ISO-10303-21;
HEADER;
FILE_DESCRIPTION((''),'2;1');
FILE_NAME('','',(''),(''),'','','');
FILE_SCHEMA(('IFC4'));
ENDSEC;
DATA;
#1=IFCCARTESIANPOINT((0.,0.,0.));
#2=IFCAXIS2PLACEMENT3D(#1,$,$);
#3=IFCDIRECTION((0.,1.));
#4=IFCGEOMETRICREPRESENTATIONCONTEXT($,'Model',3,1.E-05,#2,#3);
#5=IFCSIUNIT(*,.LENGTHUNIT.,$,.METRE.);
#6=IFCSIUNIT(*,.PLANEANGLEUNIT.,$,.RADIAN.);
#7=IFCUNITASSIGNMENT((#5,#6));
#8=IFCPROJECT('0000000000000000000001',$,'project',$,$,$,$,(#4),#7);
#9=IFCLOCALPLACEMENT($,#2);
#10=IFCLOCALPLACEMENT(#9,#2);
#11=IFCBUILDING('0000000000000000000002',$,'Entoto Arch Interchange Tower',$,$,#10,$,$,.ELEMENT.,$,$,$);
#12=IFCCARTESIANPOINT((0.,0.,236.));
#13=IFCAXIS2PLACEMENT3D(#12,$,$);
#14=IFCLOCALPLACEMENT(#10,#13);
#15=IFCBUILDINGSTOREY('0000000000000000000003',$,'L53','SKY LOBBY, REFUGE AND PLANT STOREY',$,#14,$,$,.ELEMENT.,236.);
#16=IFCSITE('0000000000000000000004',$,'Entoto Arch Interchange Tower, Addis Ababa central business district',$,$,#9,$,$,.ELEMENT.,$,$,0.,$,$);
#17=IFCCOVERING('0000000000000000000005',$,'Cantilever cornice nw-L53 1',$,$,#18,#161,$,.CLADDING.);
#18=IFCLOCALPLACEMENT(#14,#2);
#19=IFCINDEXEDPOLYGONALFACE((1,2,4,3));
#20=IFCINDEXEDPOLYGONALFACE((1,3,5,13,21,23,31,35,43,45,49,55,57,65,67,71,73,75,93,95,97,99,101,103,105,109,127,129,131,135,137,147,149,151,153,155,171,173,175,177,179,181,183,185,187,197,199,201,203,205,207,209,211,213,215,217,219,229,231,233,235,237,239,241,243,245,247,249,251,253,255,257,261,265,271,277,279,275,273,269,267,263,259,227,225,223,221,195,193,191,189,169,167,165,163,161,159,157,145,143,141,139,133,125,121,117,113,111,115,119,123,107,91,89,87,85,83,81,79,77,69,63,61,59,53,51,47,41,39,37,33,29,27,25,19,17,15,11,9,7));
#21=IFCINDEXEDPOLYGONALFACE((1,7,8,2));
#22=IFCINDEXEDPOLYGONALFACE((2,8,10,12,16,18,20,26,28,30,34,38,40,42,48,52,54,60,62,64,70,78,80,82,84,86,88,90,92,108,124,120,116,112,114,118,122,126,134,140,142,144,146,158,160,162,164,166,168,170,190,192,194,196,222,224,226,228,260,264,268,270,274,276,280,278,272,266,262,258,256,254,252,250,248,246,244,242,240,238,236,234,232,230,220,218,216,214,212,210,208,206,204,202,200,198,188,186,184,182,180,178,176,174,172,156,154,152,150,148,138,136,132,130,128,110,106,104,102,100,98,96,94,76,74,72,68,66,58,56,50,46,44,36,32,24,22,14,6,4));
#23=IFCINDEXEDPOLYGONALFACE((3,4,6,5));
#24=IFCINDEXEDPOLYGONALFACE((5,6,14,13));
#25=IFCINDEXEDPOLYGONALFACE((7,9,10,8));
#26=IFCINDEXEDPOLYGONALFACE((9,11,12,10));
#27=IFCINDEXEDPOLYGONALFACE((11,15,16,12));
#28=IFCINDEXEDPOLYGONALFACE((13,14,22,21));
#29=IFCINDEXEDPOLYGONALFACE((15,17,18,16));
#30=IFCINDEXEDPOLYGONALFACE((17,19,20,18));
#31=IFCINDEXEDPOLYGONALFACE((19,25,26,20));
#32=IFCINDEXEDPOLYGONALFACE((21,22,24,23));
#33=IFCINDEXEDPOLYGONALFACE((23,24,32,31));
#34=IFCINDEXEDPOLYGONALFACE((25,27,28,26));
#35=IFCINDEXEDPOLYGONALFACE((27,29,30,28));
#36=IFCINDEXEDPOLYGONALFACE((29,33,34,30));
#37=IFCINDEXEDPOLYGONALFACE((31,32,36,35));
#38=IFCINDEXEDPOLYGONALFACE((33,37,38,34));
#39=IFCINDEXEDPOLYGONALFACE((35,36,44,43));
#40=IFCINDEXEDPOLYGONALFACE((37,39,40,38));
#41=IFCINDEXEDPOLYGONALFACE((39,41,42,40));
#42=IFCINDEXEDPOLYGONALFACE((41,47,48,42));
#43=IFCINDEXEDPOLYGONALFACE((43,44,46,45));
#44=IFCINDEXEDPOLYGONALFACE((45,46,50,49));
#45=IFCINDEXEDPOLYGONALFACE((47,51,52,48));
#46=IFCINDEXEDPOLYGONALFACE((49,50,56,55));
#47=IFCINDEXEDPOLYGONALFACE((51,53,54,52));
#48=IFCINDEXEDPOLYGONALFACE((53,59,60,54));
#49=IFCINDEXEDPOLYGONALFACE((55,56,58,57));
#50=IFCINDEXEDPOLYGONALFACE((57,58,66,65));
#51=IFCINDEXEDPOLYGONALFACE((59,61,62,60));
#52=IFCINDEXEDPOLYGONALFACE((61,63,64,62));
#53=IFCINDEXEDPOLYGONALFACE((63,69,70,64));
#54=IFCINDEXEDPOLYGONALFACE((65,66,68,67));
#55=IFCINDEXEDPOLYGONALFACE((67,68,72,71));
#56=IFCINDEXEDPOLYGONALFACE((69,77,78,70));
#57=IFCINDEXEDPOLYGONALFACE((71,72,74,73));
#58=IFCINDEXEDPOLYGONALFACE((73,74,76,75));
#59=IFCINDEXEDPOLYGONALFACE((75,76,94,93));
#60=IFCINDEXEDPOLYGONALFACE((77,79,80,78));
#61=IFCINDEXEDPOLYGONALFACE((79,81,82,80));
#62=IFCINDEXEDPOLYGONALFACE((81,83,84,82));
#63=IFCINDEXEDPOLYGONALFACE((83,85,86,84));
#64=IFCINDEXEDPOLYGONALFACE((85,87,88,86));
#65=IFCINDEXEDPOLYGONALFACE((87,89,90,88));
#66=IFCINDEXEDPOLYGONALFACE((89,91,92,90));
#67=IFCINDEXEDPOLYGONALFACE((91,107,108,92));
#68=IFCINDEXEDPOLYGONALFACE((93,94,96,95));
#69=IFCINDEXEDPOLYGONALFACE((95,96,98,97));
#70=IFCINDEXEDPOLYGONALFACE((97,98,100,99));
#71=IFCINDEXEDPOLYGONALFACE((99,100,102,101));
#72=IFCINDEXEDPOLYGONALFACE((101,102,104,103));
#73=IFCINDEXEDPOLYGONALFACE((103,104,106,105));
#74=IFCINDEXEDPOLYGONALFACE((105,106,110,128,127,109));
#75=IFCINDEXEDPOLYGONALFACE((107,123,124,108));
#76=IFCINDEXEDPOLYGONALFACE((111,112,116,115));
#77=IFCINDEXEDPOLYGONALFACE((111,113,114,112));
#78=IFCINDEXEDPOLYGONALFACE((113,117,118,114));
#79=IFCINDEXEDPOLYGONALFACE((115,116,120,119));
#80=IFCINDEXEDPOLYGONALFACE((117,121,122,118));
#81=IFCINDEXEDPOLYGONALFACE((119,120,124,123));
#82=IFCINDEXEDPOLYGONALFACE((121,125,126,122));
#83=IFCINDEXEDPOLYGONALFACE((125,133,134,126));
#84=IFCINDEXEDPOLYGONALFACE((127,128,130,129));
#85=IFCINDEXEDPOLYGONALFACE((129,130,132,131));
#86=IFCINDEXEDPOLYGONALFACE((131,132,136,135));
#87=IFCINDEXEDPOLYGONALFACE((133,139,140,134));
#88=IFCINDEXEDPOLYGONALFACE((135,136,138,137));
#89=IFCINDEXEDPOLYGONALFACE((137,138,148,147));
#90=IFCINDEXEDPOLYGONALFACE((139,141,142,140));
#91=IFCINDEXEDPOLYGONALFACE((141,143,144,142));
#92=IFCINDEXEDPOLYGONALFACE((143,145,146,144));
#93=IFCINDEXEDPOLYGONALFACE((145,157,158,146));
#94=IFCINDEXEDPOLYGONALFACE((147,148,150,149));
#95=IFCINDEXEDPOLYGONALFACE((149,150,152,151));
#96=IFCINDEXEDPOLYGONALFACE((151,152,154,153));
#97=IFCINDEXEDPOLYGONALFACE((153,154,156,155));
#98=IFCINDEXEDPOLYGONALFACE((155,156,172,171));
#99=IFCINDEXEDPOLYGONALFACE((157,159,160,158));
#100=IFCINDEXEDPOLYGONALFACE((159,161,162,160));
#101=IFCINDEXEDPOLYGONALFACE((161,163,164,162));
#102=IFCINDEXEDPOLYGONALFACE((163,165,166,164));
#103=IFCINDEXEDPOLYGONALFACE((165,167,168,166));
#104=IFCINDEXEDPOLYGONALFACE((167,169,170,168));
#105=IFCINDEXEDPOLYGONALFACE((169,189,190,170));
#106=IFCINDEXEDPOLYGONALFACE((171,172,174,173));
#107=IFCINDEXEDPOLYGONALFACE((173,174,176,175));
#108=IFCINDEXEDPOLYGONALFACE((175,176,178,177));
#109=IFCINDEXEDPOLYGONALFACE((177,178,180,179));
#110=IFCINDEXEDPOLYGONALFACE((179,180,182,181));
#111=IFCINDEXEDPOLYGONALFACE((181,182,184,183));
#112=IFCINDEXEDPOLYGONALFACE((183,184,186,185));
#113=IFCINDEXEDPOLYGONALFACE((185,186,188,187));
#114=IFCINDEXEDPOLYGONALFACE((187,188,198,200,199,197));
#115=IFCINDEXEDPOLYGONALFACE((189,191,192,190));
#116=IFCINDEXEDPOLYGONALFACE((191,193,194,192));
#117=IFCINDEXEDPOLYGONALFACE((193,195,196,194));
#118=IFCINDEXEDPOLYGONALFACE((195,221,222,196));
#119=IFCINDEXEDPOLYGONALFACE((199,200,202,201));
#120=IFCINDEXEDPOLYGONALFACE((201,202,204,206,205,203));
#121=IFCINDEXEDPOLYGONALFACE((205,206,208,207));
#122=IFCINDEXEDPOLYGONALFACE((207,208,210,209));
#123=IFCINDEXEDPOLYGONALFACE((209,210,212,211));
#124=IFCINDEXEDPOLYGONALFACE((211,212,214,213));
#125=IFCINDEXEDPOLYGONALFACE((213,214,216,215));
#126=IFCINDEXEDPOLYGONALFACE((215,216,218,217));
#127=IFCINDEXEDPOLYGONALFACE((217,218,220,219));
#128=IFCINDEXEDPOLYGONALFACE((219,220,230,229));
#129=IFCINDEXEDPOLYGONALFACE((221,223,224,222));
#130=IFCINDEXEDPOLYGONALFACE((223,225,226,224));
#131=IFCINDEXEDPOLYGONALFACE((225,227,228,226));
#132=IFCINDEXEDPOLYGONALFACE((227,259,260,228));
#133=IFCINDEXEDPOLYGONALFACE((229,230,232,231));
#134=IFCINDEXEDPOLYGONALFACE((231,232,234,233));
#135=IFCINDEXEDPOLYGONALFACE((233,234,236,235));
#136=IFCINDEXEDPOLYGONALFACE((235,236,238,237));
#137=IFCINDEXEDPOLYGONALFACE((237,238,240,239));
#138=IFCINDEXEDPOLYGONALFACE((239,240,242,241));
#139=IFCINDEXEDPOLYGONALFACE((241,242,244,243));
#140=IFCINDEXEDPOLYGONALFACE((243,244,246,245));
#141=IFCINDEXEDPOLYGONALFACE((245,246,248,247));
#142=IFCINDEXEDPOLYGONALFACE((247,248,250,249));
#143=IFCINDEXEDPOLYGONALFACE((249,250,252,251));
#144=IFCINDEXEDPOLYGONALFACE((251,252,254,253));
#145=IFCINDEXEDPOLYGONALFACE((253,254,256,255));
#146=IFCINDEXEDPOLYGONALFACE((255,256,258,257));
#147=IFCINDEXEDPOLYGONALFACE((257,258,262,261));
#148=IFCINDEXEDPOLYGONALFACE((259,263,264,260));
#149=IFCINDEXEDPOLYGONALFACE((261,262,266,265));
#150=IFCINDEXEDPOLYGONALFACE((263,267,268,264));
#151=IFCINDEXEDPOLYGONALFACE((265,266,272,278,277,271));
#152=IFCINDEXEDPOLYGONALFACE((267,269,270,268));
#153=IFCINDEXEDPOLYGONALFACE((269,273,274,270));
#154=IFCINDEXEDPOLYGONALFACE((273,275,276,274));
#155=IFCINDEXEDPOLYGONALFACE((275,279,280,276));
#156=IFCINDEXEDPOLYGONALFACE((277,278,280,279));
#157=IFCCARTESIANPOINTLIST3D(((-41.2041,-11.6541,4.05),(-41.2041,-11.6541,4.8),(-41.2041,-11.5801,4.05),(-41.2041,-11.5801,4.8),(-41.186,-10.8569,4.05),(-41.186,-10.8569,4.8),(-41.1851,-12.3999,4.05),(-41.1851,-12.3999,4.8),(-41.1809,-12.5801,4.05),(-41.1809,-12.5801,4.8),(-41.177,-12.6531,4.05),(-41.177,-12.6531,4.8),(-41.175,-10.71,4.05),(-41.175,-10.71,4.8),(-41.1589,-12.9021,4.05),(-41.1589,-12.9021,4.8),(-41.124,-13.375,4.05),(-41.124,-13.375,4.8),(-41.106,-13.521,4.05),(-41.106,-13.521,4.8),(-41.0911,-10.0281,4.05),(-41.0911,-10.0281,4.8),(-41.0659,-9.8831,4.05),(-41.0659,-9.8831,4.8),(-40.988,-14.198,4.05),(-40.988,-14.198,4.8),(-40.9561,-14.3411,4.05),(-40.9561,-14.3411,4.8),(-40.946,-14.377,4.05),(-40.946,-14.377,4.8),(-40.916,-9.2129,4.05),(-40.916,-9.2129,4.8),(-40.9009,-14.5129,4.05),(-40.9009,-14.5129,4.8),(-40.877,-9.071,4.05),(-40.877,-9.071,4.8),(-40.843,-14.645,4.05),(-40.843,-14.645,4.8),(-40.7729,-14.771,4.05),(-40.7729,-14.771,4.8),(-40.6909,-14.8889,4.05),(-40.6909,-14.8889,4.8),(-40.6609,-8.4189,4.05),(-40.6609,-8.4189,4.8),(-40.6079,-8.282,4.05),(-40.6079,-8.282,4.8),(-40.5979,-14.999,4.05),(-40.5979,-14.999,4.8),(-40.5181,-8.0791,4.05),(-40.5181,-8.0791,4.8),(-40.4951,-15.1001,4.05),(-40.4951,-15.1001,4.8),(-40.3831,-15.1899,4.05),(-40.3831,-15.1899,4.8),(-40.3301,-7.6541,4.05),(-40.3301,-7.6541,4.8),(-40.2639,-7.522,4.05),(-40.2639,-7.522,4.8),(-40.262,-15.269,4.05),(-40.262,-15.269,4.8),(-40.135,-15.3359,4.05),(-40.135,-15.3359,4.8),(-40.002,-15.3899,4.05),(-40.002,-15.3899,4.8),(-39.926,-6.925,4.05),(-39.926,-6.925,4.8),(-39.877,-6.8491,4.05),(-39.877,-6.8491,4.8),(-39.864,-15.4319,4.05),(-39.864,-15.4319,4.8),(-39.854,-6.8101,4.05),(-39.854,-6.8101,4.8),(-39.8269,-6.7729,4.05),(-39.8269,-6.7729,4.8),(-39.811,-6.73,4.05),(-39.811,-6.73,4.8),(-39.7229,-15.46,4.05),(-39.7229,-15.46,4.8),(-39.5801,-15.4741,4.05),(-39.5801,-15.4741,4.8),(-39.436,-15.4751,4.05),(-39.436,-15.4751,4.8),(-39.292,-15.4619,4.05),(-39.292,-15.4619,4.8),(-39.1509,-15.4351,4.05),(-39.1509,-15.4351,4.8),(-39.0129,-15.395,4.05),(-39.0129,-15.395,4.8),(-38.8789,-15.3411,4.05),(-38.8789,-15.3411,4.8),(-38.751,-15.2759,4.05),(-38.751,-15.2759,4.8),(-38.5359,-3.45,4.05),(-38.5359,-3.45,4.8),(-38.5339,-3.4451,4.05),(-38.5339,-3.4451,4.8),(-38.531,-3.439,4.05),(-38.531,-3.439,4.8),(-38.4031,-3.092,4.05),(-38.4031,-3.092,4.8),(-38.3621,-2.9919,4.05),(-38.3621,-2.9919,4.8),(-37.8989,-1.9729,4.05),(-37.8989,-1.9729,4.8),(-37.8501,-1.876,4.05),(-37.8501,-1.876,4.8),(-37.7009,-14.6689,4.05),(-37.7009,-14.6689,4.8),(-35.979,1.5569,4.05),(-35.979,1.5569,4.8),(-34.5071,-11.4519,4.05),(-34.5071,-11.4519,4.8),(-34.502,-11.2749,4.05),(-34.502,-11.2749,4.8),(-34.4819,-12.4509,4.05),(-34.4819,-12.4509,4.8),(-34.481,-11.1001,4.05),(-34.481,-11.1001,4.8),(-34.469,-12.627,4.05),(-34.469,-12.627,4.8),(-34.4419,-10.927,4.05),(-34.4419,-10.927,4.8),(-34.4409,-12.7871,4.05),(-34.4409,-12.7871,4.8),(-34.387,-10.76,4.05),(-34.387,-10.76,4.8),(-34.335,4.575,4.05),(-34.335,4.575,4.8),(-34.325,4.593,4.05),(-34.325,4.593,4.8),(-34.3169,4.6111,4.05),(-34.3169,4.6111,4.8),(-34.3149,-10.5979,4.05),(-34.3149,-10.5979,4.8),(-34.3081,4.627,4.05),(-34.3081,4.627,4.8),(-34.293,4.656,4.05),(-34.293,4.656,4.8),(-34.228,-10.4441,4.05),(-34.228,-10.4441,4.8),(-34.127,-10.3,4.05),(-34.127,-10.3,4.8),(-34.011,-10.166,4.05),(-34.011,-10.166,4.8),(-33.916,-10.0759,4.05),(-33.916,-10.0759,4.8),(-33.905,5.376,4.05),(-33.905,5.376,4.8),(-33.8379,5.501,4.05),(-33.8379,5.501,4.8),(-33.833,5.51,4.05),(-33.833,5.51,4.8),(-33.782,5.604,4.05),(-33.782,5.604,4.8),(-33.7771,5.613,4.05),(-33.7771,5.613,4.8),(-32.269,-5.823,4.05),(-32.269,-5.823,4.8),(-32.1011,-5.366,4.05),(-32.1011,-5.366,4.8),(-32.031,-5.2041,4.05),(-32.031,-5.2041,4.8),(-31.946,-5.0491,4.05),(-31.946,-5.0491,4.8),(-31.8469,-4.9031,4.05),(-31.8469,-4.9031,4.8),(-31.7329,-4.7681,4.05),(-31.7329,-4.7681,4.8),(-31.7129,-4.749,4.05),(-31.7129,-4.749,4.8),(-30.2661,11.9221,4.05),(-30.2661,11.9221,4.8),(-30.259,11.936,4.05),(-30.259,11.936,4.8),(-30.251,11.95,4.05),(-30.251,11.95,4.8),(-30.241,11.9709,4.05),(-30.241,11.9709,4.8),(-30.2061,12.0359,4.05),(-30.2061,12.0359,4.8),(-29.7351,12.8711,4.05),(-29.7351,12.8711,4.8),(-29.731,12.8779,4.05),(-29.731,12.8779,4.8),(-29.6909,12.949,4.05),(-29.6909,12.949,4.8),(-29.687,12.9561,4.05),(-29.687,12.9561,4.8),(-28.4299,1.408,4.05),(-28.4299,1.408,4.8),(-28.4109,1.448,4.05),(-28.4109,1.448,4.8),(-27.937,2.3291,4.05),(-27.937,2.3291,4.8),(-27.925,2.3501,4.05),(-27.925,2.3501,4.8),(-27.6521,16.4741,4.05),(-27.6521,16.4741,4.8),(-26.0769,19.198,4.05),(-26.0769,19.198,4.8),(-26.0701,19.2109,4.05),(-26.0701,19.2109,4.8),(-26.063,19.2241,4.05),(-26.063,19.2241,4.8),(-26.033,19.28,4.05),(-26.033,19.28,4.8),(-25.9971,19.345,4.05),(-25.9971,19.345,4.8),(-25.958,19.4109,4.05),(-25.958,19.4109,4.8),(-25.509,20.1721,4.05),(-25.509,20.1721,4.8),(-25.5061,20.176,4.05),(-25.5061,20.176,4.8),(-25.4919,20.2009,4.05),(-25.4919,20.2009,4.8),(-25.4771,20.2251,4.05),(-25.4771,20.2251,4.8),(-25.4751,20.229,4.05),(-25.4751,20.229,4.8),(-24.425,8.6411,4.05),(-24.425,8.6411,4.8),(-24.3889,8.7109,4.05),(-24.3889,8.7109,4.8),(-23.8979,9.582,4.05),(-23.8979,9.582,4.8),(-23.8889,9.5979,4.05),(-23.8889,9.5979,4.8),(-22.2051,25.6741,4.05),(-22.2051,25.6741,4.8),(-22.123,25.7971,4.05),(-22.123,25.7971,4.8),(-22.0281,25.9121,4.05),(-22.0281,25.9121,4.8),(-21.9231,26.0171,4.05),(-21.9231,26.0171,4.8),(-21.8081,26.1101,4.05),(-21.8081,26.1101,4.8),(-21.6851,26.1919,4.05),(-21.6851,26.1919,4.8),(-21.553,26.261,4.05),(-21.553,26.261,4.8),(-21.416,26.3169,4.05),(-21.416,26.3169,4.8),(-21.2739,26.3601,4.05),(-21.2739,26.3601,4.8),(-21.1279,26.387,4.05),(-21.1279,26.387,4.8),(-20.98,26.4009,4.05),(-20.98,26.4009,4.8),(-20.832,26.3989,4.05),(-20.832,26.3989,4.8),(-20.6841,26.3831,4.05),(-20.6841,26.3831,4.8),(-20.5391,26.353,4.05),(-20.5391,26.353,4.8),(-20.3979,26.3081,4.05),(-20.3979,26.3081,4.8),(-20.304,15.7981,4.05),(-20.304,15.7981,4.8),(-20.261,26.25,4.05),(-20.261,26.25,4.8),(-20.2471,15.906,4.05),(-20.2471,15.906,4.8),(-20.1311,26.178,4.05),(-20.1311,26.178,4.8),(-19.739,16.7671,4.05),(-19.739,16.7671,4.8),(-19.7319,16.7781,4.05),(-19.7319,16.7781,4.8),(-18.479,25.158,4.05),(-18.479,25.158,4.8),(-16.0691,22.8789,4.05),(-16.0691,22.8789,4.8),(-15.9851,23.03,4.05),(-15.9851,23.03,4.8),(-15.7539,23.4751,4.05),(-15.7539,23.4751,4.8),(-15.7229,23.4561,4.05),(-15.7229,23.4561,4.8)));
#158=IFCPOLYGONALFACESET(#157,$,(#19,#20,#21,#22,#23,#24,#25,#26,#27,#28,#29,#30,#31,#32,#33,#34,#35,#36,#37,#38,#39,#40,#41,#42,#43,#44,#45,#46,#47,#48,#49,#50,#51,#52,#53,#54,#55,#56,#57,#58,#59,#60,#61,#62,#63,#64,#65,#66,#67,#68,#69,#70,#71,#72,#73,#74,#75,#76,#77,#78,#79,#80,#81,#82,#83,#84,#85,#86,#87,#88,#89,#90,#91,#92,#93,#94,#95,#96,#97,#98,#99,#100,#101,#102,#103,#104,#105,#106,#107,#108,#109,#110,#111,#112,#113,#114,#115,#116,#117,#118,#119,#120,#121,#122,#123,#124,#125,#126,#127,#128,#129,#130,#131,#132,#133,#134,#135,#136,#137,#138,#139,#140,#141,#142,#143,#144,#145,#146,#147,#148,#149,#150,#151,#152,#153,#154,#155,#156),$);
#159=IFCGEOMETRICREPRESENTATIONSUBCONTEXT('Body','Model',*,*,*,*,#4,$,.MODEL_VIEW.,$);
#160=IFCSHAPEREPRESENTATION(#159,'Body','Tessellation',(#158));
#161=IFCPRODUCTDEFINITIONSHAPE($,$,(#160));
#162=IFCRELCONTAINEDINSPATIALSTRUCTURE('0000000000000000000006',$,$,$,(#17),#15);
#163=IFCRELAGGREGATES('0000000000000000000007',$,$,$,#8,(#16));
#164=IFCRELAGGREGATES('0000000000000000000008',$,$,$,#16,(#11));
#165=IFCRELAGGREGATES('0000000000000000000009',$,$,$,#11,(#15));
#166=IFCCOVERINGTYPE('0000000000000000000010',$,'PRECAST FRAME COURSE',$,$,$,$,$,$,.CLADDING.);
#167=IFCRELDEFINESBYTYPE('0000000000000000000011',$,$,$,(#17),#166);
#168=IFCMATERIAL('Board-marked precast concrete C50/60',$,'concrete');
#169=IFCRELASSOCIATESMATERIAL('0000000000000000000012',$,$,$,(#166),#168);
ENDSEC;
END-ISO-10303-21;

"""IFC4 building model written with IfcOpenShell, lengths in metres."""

from ifc_helpers import new_model, si_unit, direction, frame, origin, place, context, subcontext, project, spatial, polyline, outline, extrude, material, type_object, element, save


model = new_model("IFC4")

# Units and contexts
model_context = context("Model", 3, precision=1e-05, world=origin(), true_north=direction((0.0, 1.0)))
body_context = subcontext(model_context, "Body", "Model", "MODEL_VIEW")
ifc_project = project(units=[si_unit("LENGTHUNIT", "METRE"), si_unit("PLANEANGLEUNIT", "RADIAN")], contexts=[model_context])

# Site, building, storey
site_placement = place(None, origin())
site = spatial("IfcSite", under=ifc_project, at=site_placement, Name="Entoto Arch Interchange Tower, Addis Ababa central business district", CompositionType="ELEMENT", RefElevation=0.0)
building_placement = place(site_placement, origin())
building = spatial("IfcBuilding", under=site, at=building_placement, Name="Entoto Arch Interchange Tower", CompositionType="ELEMENT")
storey_placement = place(building_placement, frame((0.0, 0.0, 236.0)))
storey = spatial("IfcBuildingStorey", under=building, at=storey_placement, Name="L53", Description="SKY LOBBY, REFUGE AND PLANT STOREY", CompositionType="ELEMENT", Elevation=236.0)

# Covering
ifc_material_1 = material(Name="Board-marked precast concrete C50/60", Category="concrete")
covering_type = type_object("IfcCoveringType", Name="PRECAST FRAME COURSE", PredefinedType="CLADDING", material=ifc_material_1)
covering_1_placement = place(storey_placement, frame((0.0, 0.0, 4.05)))
element("IfcCovering", 1, at=covering_1_placement, inside=storey, type_object=covering_type, Name="Cantilever cornice nw-L53 1", PredefinedType="CLADDING", context=body_context, shape_type="SweptSolid", body=[
    extrude(outline(polyline([(-38.8789, -15.3411), (-39.0129, -15.395), (-39.1509, -15.4351), (-39.292, -15.4619), (-39.436, -15.4751), (-39.5801, -15.4741), (-39.7229, -15.46), (-39.864, -15.4319), (-40.002, -15.3899), (-40.135, -15.3359), (-40.262, -15.269), (-40.3831, -15.1899), (-40.4951, -15.1001), (-40.5979, -14.999), (-40.6909, -14.8889), (-40.7729, -14.771), (-40.843, -14.645), (-40.9009, -14.5129), (-40.946, -14.377), (-40.9561, -14.3411), (-40.988, -14.198), (-41.106, -13.521), (-41.124, -13.375), (-41.1589, -12.9021), (-41.177, -12.6531), (-41.1809, -12.5801), (-41.1851, -12.3999), (-41.2041, -11.6541), (-41.2041, -11.5801), (-41.186, -10.8569), (-41.175, -10.71), (-41.0911, -10.0281), (-41.0659, -9.8831), (-40.916, -9.2129), (-40.877, -9.071), (-40.6609, -8.4189), (-40.6079, -8.282), (-40.5181, -8.0791), (-40.3301, -7.6541), (-40.2639, -7.522), (-39.926, -6.925), (-39.877, -6.8491), (-39.877, -6.8491), (-39.854, -6.8101), (-39.8269, -6.7729), (-39.811, -6.73), (-38.5359, -3.45), (-38.5339, -3.4451), (-38.531, -3.439), (-38.4031, -3.092), (-38.3621, -2.9919), (-37.8989, -1.9729), (-37.8501, -1.876), (-35.979, 1.5569), (-34.335, 4.575), (-34.325, 4.593), (-34.3169, 4.6111), (-34.3081, 4.627), (-34.293, 4.656), (-33.905, 5.376), (-33.8379, 5.501), (-33.833, 5.51), (-33.782, 5.604), (-33.7771, 5.613), (-30.2661, 11.9221), (-30.259, 11.936), (-30.251, 11.95), (-30.241, 11.9709), (-30.2061, 12.0359), (-29.7351, 12.8711), (-29.731, 12.8779), (-29.6909, 12.949), (-29.687, 12.9561), (-27.6521, 16.4741), (-26.0769, 19.198), (-26.0701, 19.2109), (-26.063, 19.2241), (-26.033, 19.28), (-25.9971, 19.345), (-25.958, 19.4109), (-25.509, 20.1721), (-25.5061, 20.176), (-25.4919, 20.2009), (-25.4771, 20.2251), (-25.4751, 20.229), (-22.2051, 25.6741), (-22.123, 25.7971), (-22.0281, 25.9121), (-21.9231, 26.0171), (-21.8081, 26.1101), (-21.6851, 26.1919), (-21.553, 26.261), (-21.416, 26.3169), (-21.2739, 26.3601), (-21.1279, 26.387), (-20.98, 26.4009), (-20.832, 26.3989), (-20.6841, 26.3831), (-20.5391, 26.353), (-20.3979, 26.3081), (-20.261, 26.25), (-20.1311, 26.178), (-18.479, 25.158), (-15.7539, 23.4751), (-15.7229, 23.4561), (-15.9851, 23.03), (-16.0691, 22.8789), (-19.7319, 16.7781), (-19.739, 16.7671), (-20.2471, 15.906), (-20.304, 15.7981), (-23.8889, 9.5979), (-23.8979, 9.582), (-24.3889, 8.7109), (-24.425, 8.6411), (-27.925, 2.3501), (-27.937, 2.3291), (-28.4109, 1.448), (-28.4299, 1.408), (-31.7129, -4.749), (-31.7329, -4.7681), (-31.8469, -4.9031), (-31.946, -5.0491), (-32.031, -5.2041), (-32.1011, -5.366), (-32.269, -5.823), (-33.916, -10.0759), (-34.011, -10.166), (-34.127, -10.3), (-34.228, -10.4441), (-34.3149, -10.5979), (-34.387, -10.76), (-34.4419, -10.927), (-34.481, -11.1001), (-34.502, -11.2749), (-34.5071, -11.4519), (-34.4819, -12.4509), (-34.469, -12.627), (-34.4409, -12.7871), (-37.7009, -14.6689), (-38.751, -15.2759), (-38.8789, -15.3411)])), origin(), (0.0, 0.0, 1.0), 0.75),
])

save(model, "model.ifc")
